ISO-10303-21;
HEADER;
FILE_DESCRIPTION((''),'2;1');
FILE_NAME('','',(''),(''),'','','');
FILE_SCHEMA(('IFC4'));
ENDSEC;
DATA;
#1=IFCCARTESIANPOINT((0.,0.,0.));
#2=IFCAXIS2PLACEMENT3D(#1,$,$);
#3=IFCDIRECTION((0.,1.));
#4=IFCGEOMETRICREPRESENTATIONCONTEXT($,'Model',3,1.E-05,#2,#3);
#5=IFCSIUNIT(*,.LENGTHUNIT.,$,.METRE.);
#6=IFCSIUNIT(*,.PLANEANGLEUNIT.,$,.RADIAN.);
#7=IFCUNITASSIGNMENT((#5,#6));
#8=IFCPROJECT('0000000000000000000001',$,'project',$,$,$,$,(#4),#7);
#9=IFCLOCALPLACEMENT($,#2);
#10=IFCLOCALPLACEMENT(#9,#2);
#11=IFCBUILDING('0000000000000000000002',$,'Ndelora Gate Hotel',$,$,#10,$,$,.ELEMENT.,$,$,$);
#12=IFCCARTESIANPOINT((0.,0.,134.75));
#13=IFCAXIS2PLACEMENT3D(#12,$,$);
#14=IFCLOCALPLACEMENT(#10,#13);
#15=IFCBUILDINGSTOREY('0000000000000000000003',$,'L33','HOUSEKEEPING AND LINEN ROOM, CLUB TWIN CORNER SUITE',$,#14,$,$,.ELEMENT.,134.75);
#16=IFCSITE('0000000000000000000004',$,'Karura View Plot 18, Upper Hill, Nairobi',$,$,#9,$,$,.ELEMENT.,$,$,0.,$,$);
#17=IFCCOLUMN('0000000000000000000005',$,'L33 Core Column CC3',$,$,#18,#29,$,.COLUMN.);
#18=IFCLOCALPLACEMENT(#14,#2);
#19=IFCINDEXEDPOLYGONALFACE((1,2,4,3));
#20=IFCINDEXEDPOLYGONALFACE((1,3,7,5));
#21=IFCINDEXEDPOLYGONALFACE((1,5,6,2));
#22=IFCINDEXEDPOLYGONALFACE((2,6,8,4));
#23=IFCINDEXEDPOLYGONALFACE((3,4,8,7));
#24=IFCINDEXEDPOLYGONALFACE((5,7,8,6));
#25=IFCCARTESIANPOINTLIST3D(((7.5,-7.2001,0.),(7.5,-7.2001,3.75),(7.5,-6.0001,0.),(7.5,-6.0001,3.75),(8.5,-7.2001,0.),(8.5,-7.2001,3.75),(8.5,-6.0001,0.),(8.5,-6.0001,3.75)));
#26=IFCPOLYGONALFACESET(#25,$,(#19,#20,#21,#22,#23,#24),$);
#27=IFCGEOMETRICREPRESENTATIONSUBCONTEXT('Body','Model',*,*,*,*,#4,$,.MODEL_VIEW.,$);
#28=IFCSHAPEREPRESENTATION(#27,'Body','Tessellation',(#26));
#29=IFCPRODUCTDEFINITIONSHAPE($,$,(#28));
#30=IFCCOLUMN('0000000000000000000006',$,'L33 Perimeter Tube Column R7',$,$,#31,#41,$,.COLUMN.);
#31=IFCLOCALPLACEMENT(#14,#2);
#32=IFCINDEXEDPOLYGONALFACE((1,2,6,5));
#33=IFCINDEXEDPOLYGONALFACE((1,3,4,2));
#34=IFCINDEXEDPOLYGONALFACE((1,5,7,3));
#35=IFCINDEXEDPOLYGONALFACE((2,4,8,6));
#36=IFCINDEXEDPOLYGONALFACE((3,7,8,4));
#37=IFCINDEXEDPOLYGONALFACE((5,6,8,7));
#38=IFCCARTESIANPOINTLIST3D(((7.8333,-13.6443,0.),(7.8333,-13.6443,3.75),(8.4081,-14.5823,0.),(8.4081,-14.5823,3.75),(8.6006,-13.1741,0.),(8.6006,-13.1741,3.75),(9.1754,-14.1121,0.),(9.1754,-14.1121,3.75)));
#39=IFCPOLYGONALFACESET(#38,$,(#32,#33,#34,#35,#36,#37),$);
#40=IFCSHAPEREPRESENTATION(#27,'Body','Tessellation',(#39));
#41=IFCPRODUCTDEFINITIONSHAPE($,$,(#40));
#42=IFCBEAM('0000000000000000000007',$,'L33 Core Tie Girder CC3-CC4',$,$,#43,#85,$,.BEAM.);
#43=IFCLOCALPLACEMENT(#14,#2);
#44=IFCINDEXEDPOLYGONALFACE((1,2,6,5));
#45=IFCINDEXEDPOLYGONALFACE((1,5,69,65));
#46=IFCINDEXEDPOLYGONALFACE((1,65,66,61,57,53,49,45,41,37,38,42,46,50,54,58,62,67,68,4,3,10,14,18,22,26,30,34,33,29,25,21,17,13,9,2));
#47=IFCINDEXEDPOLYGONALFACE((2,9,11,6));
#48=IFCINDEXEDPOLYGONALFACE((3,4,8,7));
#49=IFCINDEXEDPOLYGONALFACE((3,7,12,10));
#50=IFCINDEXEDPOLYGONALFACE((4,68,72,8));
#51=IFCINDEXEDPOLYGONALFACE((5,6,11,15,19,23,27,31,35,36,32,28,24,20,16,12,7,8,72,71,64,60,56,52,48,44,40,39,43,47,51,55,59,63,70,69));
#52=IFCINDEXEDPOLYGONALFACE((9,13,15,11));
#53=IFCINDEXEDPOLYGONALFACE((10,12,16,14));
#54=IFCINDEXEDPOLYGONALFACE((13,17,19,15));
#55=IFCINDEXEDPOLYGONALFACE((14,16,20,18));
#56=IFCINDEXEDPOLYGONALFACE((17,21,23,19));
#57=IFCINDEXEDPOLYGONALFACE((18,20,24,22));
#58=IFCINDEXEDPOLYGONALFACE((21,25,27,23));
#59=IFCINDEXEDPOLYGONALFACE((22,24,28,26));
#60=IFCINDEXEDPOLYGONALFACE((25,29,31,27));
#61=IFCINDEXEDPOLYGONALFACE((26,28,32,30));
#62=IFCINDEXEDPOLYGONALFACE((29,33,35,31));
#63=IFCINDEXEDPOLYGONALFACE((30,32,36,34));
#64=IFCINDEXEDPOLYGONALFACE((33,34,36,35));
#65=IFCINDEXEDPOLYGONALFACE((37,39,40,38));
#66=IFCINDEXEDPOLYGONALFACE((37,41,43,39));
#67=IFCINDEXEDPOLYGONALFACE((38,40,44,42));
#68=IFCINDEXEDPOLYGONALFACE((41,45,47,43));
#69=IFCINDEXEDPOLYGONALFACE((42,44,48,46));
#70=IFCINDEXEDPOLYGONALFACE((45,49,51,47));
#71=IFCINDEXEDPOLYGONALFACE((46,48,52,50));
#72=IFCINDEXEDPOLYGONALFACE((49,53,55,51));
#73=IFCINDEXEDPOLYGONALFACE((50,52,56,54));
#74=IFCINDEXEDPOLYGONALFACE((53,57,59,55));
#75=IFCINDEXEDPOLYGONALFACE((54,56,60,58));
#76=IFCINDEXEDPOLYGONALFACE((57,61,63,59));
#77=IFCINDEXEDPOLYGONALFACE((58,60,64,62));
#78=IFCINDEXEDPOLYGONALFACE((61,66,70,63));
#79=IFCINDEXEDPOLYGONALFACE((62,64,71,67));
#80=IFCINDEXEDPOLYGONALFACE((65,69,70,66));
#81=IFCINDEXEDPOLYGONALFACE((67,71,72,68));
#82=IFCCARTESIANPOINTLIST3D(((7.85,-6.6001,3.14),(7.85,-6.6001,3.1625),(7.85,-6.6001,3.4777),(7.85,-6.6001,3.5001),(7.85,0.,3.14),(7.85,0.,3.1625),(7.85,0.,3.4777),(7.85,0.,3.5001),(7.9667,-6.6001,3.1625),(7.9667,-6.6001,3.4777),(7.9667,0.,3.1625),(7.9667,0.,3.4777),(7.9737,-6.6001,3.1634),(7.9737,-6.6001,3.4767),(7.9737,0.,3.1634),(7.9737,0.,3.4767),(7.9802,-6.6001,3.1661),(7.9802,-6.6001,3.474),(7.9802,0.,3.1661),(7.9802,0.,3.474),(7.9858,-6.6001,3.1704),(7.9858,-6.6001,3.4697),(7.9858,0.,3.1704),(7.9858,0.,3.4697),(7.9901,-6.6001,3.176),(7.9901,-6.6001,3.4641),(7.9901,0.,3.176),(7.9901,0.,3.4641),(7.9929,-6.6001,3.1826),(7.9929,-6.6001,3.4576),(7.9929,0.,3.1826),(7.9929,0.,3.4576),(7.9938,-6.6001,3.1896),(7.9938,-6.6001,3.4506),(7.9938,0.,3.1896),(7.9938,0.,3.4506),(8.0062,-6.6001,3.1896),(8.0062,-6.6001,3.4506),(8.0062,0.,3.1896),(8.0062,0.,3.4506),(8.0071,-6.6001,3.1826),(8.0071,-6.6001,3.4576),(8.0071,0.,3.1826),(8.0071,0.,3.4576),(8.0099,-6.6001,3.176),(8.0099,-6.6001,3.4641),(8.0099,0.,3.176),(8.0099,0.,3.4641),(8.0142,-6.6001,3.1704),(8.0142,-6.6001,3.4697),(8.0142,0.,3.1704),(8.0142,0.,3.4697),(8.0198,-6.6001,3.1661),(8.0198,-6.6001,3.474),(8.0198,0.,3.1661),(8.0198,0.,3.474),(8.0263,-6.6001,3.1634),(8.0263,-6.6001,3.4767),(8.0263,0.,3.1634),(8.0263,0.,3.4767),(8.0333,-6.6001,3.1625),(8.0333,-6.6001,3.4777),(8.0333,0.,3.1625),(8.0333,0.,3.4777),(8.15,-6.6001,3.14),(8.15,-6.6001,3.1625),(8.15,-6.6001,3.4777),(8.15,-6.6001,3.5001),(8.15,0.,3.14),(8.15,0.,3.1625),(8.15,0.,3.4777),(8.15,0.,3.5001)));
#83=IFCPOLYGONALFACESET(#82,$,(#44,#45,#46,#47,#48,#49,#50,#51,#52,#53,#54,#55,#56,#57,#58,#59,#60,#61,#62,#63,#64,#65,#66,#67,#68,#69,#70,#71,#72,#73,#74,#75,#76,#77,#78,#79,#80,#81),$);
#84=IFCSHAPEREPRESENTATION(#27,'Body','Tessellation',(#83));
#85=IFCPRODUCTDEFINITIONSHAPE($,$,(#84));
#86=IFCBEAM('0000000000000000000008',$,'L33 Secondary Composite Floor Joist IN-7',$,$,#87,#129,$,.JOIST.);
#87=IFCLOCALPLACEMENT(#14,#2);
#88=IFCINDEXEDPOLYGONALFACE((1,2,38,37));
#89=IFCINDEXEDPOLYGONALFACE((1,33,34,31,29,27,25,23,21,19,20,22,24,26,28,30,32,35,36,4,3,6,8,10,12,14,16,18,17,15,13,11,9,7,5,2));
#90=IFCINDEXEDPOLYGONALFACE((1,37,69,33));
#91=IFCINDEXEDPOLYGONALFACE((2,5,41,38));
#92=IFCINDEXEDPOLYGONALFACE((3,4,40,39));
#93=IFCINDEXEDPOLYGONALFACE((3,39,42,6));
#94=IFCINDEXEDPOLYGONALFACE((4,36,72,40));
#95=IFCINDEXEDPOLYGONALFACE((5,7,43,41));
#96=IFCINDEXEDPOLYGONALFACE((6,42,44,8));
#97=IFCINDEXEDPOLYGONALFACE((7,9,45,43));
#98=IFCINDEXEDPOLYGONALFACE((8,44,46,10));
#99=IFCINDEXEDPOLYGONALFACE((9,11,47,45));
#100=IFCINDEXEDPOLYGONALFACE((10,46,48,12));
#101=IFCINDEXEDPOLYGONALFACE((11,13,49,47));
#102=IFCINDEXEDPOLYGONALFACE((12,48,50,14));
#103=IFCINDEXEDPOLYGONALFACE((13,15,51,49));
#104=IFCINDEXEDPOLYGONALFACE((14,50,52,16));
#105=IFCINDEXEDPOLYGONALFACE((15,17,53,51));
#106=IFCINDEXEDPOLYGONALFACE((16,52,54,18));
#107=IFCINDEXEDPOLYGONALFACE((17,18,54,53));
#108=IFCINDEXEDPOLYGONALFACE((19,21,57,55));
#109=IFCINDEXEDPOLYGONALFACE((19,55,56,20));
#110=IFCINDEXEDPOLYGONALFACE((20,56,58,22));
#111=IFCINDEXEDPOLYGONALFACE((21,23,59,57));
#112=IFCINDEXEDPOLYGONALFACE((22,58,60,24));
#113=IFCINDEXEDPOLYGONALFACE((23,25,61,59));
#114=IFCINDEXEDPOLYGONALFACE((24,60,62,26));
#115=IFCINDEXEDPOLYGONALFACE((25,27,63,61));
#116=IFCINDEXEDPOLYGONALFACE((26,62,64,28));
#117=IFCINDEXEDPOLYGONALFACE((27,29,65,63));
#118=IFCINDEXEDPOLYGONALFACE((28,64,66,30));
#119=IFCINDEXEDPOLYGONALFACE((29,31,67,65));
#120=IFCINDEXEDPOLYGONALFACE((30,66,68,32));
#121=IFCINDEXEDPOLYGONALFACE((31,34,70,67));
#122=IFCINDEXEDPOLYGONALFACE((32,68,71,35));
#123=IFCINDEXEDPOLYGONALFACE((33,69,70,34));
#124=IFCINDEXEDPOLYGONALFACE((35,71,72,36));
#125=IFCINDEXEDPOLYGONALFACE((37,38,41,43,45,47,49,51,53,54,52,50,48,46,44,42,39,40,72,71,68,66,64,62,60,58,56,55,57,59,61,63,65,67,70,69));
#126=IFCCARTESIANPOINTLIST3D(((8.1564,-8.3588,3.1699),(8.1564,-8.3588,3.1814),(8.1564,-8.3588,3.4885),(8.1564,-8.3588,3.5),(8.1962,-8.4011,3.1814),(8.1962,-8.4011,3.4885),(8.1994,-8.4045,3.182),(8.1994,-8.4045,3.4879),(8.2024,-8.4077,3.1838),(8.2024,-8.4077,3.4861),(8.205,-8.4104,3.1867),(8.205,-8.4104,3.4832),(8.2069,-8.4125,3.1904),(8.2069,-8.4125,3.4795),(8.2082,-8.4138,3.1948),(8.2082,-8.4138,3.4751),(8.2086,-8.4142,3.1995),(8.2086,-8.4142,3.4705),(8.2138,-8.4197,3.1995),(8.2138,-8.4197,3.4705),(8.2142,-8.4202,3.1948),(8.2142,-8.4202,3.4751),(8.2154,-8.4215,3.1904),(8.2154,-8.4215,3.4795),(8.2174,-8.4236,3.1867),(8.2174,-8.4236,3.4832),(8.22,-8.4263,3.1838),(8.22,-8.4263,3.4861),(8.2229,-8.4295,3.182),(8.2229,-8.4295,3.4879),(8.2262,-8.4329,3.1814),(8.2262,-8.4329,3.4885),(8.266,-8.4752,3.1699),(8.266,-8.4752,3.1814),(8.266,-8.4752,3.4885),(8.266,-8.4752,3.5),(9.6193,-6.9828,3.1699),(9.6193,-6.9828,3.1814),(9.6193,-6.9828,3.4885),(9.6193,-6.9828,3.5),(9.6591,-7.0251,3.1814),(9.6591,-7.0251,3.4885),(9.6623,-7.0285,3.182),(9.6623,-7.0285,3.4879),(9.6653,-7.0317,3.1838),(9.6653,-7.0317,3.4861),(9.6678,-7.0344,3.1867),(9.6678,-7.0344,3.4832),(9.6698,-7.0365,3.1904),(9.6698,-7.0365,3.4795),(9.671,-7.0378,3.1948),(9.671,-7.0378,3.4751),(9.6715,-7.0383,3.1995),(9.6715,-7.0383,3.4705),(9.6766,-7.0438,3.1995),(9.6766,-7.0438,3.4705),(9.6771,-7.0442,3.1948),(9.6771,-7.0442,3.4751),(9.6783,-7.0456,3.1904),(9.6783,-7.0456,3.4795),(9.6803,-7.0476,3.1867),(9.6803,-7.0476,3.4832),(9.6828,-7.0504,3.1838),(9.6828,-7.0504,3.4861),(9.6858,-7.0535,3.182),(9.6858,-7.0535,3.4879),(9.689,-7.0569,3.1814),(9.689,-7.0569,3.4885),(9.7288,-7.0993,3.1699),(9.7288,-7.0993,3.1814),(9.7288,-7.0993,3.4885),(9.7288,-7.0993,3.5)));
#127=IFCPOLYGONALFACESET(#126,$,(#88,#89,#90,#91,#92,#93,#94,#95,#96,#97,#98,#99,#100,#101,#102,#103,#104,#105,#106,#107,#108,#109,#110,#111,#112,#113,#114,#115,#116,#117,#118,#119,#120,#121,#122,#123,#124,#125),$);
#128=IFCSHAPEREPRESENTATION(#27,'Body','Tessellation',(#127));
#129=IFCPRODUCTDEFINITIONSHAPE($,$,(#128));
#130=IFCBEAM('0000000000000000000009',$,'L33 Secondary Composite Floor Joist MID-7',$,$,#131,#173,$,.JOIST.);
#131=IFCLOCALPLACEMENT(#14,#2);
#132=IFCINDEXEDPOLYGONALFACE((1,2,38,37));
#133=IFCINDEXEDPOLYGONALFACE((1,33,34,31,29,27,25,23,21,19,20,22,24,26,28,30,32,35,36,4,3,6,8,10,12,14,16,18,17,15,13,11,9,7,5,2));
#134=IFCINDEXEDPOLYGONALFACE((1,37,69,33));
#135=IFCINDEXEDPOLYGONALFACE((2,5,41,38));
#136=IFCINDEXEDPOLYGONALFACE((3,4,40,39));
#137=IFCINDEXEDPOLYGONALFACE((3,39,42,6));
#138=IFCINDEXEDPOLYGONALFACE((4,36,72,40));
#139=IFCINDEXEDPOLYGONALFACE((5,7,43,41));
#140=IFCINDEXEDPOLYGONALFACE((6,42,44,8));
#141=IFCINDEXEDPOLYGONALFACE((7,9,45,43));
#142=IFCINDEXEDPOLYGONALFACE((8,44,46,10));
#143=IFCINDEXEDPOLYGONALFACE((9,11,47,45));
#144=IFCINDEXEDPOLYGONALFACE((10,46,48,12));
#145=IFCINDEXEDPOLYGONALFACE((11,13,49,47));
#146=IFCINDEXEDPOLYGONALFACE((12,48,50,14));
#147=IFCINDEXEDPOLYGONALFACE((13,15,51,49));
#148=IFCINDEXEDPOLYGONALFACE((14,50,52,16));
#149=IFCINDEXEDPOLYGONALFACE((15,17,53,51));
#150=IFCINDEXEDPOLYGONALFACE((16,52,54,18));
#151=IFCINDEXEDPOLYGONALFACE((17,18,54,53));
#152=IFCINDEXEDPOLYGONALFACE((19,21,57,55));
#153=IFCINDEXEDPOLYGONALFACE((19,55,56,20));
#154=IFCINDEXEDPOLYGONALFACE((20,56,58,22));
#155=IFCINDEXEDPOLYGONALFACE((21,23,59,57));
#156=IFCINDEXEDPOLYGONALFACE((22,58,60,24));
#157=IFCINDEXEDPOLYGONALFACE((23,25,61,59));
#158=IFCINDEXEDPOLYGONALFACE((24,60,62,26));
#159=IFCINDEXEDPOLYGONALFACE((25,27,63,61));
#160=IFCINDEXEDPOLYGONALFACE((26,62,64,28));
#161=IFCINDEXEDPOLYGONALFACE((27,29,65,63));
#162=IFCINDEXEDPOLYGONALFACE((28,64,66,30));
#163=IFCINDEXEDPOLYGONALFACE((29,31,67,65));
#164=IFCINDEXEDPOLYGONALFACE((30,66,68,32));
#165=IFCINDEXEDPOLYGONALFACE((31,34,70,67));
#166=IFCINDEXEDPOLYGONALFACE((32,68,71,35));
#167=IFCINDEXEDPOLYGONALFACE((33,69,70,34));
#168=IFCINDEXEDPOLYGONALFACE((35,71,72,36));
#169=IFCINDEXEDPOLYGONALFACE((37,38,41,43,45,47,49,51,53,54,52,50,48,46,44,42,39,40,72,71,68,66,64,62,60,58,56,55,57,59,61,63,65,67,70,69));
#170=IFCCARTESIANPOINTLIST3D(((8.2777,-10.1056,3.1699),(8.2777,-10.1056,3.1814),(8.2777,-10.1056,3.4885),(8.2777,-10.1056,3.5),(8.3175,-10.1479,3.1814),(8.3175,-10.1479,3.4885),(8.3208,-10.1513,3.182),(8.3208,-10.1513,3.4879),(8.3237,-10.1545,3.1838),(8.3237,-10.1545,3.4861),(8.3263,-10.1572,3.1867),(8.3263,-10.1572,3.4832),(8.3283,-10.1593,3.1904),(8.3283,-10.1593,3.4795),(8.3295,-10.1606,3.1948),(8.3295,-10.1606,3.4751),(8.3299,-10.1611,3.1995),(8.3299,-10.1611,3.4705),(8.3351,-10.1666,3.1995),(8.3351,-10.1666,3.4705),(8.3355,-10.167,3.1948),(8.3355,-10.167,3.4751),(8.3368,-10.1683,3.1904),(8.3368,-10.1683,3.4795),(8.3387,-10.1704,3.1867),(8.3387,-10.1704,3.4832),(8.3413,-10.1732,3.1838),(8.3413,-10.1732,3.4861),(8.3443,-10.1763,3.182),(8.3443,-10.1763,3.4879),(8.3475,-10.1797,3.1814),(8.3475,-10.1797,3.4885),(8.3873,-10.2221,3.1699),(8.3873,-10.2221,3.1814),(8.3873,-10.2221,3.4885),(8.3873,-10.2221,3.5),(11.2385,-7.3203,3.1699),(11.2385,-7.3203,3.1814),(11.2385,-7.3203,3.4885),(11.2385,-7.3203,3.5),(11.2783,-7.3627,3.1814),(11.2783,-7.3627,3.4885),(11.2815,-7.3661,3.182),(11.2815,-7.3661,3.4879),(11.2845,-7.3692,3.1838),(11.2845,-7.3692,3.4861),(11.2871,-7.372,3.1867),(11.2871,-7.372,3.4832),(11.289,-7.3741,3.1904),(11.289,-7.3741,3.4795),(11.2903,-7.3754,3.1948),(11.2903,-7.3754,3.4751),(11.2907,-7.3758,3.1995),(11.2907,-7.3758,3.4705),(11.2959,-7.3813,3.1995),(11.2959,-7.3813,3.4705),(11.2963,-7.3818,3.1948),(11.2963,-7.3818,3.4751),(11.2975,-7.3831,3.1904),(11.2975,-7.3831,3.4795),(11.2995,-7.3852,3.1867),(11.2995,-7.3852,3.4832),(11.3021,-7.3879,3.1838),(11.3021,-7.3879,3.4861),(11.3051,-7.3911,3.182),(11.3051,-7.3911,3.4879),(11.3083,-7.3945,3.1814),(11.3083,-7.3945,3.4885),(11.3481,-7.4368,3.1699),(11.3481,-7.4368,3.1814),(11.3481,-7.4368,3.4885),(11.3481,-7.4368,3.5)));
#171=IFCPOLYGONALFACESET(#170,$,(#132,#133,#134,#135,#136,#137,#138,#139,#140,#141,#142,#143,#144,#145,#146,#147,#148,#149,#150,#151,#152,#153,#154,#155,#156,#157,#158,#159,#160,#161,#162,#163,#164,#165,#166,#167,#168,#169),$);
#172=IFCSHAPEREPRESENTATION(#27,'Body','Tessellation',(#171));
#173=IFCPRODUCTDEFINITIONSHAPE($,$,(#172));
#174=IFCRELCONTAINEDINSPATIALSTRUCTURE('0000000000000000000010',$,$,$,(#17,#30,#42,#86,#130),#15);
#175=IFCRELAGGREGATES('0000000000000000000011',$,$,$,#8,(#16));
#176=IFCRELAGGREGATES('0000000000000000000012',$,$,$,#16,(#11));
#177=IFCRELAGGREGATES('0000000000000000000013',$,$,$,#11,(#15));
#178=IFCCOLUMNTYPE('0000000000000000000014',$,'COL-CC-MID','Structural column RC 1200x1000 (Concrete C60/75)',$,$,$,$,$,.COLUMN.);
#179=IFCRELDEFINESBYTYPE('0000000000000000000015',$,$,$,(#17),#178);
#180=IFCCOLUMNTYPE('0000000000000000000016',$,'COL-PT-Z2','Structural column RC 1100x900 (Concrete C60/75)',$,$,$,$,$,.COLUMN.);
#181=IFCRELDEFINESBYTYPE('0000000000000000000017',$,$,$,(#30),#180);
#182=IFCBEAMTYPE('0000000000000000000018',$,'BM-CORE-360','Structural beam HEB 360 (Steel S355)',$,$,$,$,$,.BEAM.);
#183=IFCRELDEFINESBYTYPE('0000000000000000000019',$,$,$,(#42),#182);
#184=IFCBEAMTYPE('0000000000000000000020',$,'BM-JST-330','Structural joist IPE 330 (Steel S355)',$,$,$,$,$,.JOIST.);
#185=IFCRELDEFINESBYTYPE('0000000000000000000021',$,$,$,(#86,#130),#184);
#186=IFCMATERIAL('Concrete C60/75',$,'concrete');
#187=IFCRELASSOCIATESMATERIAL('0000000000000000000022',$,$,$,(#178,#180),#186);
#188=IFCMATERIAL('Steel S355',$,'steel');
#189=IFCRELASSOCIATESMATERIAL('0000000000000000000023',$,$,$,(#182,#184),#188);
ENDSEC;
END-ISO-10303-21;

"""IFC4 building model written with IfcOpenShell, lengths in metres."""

from ifc_helpers import new_model, si_unit, direction, frame, origin, origin_2d, place, context, subcontext, project, spatial, rectangle, i_section, extrude, material, material_profile, profile_set, type_object, element, save


model = new_model("IFC4")

# Units and contexts
model_context = context("Model", 3, precision=1e-05, world=origin(), true_north=direction((0.0, 1.0)))
body_context = subcontext(model_context, "Body", "Model", "MODEL_VIEW")
ifc_project = project(units=[si_unit("LENGTHUNIT", "METRE"), si_unit("PLANEANGLEUNIT", "RADIAN")], contexts=[model_context])

# Site, building, storey
site_placement = place(None, origin())
site = spatial("IfcSite", under=ifc_project, at=site_placement, Name="Karura View Plot 18, Upper Hill, Nairobi", CompositionType="ELEMENT", RefElevation=0.0)
building_placement = place(site_placement, origin())
building = spatial("IfcBuilding", under=site, at=building_placement, Name="Ndelora Gate Hotel", CompositionType="ELEMENT")
storey_placement = place(building_placement, frame((0.0, 0.0, 134.75)))
storey = spatial("IfcBuildingStorey", under=building, at=storey_placement, Name="L33", Description="HOUSEKEEPING AND LINEN ROOM, CLUB TWIN CORNER SUITE", CompositionType="ELEMENT", Elevation=134.75)

# Columns
ifc_material_1 = material(Name="Concrete C60/75", Category="concrete")
ifc_material_profile_1 = material_profile(ifc_material_1, rectangle(XDim=1.0, YDim=1.2, at=origin_2d()), Name="RC 1200x1000")
ifc_profile_set_1 = profile_set([ifc_material_profile_1], Name="Concrete C60/75")
column_type_1 = type_object("IfcColumnType", Name="COL-CC-MID", Description="Structural column RC 1200x1000 (Concrete C60/75)", PredefinedType="COLUMN", material=ifc_profile_set_1)
column_1_placement = place(storey_placement, frame((8.0, -6.6001, 0.0), z_axis=(0.0, 0.0, 1.0), x_axis=(1.0, 0.0, 0.0)))
element("IfcColumn", 1, at=column_1_placement, inside=storey, type_object=column_type_1, Name="L33 Core Column CC3", PredefinedType="COLUMN", context=body_context, shape_type="SweptSolid", body=[
    extrude(rectangle(XDim=1.0, YDim=1.2, at=origin_2d()), origin(), (0.0, 0.0, 1.0), 3.75),
])
ifc_material_profile_2 = material_profile(ifc_material_1, rectangle(XDim=0.8999, YDim=1.1001, at=origin_2d()), Name="RC 1100x900")
ifc_profile_set_2 = profile_set([ifc_material_profile_2], Name="Concrete C60/75")
column_type_2 = type_object("IfcColumnType", Name="COL-PT-Z2", Description="Structural column RC 1100x900 (Concrete C60/75)", PredefinedType="COLUMN", material=ifc_profile_set_2)
column_2_placement = place(storey_placement, frame((8.5044, -13.8782, 0.0), z_axis=(0.0, 0.0, 1.0), x_axis=(0.85264, 0.522499, 0.0)))
element("IfcColumn", 2, at=column_2_placement, inside=storey, type_object=column_type_2, Name="L33 Perimeter Tube Column R7", PredefinedType="COLUMN", context=body_context, shape_type="SweptSolid", body=[
    extrude(rectangle(XDim=0.8999, YDim=1.1001, at=origin_2d()), origin(), (0.0, 0.0, 1.0), 3.75),
])

# Beams
ifc_material_2 = material(Name="Steel S355", Category="steel")
ifc_material_profile_3 = material_profile(ifc_material_2, i_section(OverallWidth=0.3, OverallDepth=0.3601, WebThickness=0.0125, FlangeThickness=0.0225, FilletRadius=0.0271, at=origin_2d()), Name="HEB 360")
ifc_profile_set_3 = profile_set([ifc_material_profile_3], Name="Steel S355")
beam_type_1 = type_object("IfcBeamType", Name="BM-CORE-360", Description="Structural beam HEB 360 (Steel S355)", PredefinedType="BEAM", material=ifc_profile_set_3)
beam_1_placement = place(storey_placement, frame((8.0, -6.6001, 3.3201), z_axis=(0.0, 1.0, 0.0), x_axis=(-1.0, 0.0, 0.0)))
element("IfcBeam", 3, at=beam_1_placement, inside=storey, type_object=beam_type_1, Name="L33 Core Tie Girder CC3-CC4", PredefinedType="BEAM", context=body_context, shape_type="SweptSolid", body=[
    extrude(i_section(OverallWidth=0.3, OverallDepth=0.3601, WebThickness=0.0125, FlangeThickness=0.0225, FilletRadius=0.0271, at=origin_2d()), origin(), (0.0, 0.0, 1.0), 6.6001),
])
ifc_material_profile_4 = material_profile(ifc_material_2, i_section(OverallWidth=0.1599, OverallDepth=0.3301, WebThickness=0.0076, FlangeThickness=0.0115, FilletRadius=0.0181, at=origin_2d()), Name="IPE 330")
ifc_profile_set_4 = profile_set([ifc_material_profile_4], Name="Steel S355")
beam_type_2 = type_object("IfcBeamType", Name="BM-JST-330", Description="Structural joist IPE 330 (Steel S355)", PredefinedType="JOIST", material=ifc_profile_set_4)
beam_2_placement = place(storey_placement, frame((8.2112, -8.417, 3.335), z_axis=(0.728414, 0.685137, 0.0), x_axis=(-0.685137, 0.728414, 0.0)))
element("IfcBeam", 4, at=beam_2_placement, inside=storey, type_object=beam_type_2, Name="L33 Secondary Composite Floor Joist IN-7", PredefinedType="JOIST", context=body_context, shape_type="SweptSolid", body=[
    extrude(i_section(OverallWidth=0.1599, OverallDepth=0.3301, WebThickness=0.0076, FlangeThickness=0.0115, FilletRadius=0.0181, at=origin_2d()), origin(), (0.0, 0.0, 1.0), 2.0083),
])
beam_3_placement = place(storey_placement, frame((8.3325, -10.1638, 3.335), z_axis=(0.728369, 0.685185, 0.0), x_axis=(-0.685185, 0.728369, 0.0)))
element("IfcBeam", 5, at=beam_3_placement, inside=storey, type_object=beam_type_2, Name="L33 Secondary Composite Floor Joist MID-7", PredefinedType="JOIST", context=body_context, shape_type="SweptSolid", body=[
    extrude(i_section(OverallWidth=0.1599, OverallDepth=0.3301, WebThickness=0.0076, FlangeThickness=0.0115, FilletRadius=0.0181, at=origin_2d()), origin(), (0.0, 0.0, 1.0), 4.0649),
])

save(model, "model.ifc")
